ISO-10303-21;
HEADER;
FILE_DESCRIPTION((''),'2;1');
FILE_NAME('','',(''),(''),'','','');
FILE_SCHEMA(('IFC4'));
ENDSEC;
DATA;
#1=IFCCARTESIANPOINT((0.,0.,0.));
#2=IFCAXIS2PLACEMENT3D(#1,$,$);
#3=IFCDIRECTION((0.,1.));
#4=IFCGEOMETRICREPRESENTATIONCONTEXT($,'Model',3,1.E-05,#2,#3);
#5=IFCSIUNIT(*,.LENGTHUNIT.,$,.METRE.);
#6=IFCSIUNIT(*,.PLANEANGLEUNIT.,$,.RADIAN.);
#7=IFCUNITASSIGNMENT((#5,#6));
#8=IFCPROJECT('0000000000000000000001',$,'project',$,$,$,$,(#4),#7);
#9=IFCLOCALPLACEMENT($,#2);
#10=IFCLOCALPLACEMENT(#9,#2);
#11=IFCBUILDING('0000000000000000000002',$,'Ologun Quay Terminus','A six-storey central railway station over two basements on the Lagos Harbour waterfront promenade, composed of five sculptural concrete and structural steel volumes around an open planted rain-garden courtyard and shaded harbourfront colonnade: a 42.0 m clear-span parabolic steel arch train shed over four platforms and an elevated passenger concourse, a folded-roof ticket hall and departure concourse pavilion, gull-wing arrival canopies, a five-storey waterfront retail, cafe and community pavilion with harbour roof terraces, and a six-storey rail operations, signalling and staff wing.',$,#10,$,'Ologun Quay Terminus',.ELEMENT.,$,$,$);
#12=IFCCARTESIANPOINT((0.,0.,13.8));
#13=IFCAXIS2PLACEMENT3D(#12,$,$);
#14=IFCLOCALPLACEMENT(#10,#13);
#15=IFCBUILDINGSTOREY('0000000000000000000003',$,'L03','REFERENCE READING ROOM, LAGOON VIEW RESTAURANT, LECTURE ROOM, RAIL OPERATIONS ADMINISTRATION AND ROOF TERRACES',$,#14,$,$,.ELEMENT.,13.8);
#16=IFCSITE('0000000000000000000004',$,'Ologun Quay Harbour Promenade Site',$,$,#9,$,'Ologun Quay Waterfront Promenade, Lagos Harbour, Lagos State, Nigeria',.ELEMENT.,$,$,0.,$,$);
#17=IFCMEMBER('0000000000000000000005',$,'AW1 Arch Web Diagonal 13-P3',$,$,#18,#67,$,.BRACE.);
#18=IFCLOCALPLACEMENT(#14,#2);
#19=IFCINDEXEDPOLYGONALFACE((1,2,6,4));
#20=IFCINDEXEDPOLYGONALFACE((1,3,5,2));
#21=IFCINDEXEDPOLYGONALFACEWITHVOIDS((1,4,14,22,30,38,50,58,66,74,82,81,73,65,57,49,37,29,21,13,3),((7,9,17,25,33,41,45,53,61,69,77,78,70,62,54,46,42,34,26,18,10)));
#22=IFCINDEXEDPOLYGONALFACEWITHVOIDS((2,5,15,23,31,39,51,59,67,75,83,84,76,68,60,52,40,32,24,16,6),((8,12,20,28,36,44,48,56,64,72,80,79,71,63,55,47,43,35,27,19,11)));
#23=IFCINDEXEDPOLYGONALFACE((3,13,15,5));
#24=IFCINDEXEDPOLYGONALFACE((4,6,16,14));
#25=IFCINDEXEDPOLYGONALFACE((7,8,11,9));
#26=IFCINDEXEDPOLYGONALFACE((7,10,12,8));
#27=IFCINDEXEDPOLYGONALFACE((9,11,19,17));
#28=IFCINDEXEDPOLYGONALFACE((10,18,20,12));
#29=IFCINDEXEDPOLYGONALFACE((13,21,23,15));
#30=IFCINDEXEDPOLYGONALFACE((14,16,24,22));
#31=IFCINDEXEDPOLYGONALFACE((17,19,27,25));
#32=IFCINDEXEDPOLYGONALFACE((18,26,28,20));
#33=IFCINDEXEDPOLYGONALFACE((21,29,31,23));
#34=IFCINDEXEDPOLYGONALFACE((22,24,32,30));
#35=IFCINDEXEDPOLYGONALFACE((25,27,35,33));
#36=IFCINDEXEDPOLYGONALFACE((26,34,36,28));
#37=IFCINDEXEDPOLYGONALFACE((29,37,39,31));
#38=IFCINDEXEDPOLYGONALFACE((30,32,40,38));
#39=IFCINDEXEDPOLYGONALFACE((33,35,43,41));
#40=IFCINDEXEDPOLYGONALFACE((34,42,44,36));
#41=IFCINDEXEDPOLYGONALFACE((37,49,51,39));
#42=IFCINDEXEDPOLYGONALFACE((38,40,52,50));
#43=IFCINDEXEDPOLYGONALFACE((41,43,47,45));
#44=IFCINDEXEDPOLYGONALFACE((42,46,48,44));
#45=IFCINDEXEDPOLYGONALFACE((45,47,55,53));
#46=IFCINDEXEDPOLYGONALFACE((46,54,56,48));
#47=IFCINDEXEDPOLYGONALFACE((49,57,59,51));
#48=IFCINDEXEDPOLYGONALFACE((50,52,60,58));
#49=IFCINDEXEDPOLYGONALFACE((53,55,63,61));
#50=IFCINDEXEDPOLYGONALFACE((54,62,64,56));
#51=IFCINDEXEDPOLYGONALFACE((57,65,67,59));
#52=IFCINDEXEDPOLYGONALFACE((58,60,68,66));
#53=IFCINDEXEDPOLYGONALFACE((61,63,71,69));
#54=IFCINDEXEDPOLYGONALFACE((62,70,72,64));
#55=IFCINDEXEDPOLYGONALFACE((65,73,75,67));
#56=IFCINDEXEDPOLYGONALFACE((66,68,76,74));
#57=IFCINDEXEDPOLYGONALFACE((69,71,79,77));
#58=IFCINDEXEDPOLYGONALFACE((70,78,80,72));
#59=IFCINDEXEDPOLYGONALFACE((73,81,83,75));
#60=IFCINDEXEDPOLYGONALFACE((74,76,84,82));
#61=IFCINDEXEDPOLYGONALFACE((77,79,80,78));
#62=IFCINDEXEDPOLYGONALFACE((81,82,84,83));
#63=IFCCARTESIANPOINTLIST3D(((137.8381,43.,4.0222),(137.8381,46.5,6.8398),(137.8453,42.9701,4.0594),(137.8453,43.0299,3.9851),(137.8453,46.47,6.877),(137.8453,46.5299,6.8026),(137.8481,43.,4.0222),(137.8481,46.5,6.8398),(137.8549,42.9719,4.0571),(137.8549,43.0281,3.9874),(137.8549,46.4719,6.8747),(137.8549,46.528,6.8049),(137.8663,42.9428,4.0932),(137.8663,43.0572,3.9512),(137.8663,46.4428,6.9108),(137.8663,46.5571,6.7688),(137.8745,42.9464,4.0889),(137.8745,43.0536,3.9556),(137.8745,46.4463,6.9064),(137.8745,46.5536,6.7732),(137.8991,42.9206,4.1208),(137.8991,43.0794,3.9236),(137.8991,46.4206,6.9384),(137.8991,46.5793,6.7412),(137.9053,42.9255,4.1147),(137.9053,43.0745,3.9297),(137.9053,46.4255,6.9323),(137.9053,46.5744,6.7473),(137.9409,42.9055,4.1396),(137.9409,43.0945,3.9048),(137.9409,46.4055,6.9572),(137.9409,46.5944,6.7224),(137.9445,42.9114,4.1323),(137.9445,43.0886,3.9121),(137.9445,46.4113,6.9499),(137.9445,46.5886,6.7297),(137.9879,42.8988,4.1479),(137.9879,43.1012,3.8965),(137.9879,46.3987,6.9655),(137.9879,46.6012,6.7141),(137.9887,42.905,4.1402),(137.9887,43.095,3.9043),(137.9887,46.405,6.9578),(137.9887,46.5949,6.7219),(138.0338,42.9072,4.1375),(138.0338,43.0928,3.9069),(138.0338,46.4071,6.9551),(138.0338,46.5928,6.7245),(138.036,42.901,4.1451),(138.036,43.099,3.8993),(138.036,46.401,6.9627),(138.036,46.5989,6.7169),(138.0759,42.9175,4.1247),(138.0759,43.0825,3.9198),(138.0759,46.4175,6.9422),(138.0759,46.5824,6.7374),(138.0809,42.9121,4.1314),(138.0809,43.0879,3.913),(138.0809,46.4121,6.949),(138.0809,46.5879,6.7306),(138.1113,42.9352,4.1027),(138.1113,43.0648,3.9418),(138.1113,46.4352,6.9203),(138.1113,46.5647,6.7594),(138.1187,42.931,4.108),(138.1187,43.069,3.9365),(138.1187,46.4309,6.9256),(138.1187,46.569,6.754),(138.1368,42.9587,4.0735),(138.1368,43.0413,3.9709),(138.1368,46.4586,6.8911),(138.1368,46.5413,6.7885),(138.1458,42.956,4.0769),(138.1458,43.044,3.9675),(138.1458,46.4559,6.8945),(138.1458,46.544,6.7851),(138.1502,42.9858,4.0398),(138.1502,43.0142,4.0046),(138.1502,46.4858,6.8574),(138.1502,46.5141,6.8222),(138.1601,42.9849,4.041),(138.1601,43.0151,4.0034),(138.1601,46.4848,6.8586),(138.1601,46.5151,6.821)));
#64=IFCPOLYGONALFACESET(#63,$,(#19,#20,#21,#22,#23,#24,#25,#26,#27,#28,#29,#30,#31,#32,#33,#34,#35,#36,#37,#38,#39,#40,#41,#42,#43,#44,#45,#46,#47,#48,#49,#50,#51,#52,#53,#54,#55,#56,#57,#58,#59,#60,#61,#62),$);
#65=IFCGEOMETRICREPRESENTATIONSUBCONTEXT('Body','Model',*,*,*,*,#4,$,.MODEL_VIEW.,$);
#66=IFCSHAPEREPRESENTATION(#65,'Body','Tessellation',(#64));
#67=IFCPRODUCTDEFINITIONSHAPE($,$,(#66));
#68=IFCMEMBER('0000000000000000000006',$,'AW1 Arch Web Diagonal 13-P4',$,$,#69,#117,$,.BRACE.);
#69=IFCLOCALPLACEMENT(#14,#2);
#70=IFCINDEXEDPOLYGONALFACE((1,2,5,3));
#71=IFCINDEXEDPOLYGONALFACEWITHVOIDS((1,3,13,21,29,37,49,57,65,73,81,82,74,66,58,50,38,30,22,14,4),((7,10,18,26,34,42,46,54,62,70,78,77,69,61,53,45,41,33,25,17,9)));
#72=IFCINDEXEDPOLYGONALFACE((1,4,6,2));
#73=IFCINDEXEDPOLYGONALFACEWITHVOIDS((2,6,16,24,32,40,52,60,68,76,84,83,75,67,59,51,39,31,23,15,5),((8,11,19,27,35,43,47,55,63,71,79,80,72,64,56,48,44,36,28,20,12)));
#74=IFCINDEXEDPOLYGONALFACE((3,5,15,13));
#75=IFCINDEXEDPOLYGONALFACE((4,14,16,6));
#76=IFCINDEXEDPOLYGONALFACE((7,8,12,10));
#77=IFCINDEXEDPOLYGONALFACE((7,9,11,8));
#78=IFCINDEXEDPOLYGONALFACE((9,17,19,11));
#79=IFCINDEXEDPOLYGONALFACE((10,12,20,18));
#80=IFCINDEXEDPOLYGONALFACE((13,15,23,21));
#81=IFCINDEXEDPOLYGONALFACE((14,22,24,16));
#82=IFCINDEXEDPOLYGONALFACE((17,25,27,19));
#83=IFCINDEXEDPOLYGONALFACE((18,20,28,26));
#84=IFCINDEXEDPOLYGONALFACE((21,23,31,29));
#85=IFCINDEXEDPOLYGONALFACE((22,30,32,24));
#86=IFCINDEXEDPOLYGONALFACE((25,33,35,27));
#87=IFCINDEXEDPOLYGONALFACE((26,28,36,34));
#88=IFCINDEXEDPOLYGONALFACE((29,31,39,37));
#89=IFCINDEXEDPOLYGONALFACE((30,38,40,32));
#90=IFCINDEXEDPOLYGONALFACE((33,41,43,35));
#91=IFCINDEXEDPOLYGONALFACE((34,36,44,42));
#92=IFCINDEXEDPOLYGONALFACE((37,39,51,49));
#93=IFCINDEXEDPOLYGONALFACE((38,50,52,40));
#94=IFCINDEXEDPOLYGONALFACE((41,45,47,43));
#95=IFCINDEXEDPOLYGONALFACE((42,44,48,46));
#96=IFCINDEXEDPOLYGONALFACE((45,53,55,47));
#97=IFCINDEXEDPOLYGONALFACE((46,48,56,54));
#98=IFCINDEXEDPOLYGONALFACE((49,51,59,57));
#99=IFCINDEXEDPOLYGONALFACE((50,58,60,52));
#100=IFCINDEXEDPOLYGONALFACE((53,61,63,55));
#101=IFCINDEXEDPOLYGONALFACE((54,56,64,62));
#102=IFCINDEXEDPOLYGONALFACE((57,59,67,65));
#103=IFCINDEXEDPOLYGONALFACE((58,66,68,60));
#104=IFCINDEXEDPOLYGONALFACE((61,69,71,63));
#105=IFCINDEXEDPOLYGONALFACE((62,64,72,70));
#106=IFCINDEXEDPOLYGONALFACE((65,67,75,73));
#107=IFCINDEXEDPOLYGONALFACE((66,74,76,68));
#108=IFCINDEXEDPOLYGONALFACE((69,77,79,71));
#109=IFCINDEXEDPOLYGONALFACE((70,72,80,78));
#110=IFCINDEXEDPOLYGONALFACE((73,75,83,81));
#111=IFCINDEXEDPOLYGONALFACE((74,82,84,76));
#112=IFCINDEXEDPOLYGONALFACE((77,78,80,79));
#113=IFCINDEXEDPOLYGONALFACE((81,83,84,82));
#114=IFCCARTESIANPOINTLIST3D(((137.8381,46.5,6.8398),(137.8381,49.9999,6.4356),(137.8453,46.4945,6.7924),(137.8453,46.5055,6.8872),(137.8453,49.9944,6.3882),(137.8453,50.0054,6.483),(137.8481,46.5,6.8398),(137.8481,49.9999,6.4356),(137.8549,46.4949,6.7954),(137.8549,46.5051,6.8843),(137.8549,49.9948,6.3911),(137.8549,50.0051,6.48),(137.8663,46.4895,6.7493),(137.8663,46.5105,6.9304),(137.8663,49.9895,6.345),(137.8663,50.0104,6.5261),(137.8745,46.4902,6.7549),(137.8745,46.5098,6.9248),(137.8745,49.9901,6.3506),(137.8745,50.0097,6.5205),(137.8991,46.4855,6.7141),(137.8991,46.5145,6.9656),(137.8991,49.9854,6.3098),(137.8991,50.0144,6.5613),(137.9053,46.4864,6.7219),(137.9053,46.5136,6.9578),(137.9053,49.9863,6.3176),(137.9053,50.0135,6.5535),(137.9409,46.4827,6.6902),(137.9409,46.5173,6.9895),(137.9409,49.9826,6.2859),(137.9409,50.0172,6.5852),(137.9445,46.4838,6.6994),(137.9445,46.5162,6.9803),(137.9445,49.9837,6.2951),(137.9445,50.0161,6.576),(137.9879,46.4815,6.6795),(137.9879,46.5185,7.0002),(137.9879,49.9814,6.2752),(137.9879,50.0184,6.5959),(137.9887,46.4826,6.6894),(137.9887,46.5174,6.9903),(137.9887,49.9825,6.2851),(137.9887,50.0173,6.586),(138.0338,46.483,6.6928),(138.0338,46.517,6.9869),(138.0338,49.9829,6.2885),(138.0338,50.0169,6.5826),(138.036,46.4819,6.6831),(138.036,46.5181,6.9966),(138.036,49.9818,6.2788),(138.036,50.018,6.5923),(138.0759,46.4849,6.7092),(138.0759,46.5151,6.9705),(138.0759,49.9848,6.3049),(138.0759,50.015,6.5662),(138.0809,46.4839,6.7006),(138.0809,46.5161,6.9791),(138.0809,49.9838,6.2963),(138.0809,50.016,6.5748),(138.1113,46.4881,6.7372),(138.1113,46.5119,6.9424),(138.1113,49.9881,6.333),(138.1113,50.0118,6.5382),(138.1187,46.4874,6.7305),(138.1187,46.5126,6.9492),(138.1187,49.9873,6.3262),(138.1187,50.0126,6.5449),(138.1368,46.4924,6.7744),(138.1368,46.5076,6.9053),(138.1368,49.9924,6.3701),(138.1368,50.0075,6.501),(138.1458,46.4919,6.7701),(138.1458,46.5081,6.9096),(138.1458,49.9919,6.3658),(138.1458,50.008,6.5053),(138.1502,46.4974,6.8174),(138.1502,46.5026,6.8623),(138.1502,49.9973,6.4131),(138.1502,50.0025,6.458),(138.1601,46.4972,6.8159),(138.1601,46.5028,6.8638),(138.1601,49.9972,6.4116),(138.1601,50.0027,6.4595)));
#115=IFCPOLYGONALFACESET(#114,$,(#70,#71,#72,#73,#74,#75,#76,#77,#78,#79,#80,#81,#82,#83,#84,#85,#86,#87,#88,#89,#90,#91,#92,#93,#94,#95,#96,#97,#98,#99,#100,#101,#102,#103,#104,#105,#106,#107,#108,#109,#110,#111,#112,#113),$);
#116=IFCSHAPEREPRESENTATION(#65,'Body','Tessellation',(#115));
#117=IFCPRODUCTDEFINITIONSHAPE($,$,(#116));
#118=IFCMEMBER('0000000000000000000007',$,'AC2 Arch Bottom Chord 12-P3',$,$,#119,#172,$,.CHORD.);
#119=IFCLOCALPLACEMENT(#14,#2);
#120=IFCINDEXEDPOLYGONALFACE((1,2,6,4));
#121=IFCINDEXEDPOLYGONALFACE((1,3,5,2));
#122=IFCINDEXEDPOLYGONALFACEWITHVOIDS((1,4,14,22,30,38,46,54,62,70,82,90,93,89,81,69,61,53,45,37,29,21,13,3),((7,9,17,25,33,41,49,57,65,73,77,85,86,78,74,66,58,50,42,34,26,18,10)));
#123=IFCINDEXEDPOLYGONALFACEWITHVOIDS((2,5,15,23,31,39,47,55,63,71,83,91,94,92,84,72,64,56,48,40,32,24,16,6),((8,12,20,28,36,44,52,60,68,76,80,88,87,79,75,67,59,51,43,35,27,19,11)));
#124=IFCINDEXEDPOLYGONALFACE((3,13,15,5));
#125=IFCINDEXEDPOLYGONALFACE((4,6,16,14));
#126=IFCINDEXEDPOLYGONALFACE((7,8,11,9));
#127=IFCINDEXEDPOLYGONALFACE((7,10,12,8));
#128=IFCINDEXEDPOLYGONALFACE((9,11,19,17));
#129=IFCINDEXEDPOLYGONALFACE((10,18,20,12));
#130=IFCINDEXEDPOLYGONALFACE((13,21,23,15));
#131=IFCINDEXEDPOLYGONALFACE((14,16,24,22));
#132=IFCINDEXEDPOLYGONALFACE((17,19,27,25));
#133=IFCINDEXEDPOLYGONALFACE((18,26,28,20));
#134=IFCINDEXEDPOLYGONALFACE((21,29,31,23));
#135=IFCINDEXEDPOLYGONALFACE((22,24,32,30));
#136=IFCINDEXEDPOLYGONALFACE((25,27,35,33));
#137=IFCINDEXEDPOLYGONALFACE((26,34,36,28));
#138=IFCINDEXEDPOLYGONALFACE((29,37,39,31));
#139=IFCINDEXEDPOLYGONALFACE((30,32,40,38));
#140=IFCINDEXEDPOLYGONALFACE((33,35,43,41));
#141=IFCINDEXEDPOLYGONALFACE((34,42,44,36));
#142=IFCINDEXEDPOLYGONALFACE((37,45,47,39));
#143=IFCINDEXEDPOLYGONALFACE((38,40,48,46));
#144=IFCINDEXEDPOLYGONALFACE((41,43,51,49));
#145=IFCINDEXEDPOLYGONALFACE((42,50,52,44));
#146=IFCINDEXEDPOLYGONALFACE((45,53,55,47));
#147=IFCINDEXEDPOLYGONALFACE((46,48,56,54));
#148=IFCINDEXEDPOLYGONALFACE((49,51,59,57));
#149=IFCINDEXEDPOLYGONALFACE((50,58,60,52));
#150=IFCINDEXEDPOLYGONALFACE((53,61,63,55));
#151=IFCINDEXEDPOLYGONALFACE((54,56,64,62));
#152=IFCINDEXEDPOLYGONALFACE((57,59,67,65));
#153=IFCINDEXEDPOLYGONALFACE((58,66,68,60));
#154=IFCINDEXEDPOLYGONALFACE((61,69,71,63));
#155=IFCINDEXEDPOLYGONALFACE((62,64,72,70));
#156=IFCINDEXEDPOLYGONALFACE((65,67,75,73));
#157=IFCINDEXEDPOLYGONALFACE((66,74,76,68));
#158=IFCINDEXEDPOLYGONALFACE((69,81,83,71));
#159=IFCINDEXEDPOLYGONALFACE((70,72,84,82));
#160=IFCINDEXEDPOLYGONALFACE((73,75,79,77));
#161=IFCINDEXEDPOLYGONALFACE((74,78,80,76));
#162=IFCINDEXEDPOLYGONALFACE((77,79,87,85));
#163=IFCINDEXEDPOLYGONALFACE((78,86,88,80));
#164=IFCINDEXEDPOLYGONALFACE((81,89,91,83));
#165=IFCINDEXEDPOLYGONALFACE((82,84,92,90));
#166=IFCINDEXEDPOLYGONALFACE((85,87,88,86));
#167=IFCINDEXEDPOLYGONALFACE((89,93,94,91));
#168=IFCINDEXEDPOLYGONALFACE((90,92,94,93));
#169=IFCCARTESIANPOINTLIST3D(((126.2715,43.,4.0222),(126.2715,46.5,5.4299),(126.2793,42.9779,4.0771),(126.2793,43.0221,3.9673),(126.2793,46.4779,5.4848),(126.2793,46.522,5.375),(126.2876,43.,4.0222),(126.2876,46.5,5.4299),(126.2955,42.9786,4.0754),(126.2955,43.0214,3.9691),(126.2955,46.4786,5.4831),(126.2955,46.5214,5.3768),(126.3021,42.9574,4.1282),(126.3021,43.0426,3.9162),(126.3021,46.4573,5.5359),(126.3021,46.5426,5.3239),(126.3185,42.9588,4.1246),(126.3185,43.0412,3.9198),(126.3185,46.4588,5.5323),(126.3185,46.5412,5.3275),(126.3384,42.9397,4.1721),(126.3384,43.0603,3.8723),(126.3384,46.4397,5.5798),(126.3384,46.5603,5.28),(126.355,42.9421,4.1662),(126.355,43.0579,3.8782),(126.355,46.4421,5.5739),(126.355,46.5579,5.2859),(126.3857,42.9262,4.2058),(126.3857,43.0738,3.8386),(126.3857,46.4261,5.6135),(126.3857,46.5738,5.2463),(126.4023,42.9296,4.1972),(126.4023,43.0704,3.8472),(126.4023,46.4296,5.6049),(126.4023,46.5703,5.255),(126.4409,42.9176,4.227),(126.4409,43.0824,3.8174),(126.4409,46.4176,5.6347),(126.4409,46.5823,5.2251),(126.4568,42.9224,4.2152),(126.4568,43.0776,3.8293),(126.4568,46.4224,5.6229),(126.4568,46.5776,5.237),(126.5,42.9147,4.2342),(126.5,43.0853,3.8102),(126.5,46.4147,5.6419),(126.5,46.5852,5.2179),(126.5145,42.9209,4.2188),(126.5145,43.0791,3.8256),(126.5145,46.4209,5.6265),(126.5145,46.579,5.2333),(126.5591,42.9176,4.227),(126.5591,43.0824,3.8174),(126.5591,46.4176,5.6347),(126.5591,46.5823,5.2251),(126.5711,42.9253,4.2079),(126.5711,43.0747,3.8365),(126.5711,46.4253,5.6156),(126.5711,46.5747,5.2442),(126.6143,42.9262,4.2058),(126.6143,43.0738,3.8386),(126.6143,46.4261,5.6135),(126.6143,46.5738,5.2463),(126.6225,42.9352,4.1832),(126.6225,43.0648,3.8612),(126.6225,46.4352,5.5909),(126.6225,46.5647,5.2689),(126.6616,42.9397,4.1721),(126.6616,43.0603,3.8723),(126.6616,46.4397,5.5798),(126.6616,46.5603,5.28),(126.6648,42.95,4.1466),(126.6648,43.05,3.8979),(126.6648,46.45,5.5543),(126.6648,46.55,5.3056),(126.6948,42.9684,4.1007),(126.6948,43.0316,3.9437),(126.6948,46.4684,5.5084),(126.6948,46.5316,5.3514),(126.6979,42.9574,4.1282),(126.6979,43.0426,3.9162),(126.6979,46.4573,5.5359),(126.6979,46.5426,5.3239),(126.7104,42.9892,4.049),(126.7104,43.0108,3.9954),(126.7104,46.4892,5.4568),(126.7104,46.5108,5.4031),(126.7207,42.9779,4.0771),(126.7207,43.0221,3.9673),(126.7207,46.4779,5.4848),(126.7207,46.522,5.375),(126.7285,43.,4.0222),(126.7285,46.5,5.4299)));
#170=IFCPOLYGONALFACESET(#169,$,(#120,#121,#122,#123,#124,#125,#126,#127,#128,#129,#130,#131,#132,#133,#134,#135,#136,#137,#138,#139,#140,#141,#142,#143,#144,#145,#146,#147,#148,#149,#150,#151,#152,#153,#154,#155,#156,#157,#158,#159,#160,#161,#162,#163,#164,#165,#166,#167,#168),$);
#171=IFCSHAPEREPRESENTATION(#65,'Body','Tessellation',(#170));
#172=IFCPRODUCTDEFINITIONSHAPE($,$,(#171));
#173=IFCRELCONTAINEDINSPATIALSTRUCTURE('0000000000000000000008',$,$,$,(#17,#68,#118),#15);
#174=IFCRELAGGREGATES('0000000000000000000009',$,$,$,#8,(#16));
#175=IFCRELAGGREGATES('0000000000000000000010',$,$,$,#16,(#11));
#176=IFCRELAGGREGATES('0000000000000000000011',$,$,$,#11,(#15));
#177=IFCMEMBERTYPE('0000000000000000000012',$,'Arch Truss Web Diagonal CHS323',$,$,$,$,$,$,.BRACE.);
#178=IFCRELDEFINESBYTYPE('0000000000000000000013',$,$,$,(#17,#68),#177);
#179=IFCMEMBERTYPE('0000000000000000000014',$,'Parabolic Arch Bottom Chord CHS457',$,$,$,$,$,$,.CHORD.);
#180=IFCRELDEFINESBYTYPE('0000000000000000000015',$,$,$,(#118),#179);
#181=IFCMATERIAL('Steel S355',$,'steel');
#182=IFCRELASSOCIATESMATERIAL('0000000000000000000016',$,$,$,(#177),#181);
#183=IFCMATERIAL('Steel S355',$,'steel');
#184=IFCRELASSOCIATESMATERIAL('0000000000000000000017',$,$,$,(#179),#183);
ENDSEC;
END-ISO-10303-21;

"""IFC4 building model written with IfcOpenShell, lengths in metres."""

from ifc_helpers import new_model, si_unit, direction, frame, origin, origin_2d, place, context, subcontext, project, spatial, hollow_circle, extrude, material, material_profile, profile_set, type_object, element, save


model = new_model("IFC4")

# Units and contexts
model_context = context("Model", 3, precision=1e-05, world=origin(), true_north=direction((0.0, 1.0)))
body_context = subcontext(model_context, "Body", "Model", "MODEL_VIEW")
ifc_project = project(units=[si_unit("LENGTHUNIT", "METRE"), si_unit("PLANEANGLEUNIT", "RADIAN")], contexts=[model_context])

# Site, building, storey
site_placement = place(None, origin())
site = spatial("IfcSite", under=ifc_project, at=site_placement, Name="Ologun Quay Harbour Promenade Site", LongName="Ologun Quay Waterfront Promenade, Lagos Harbour, Lagos State, Nigeria", CompositionType="ELEMENT", RefElevation=0.0)
building_placement = place(site_placement, origin())
building = spatial("IfcBuilding", under=site, at=building_placement, Name="Ologun Quay Terminus", Description="A six-storey central railway station over two basements on the Lagos Harbour waterfront promenade, composed of five sculptural concrete and structural steel volumes around an open planted rain-garden courtyard and shaded harbourfront colonnade: a 42.0 m clear-span parabolic steel arch train shed over four platforms and an elevated passenger concourse, a folded-roof ticket hall and departure concourse pavilion, gull-wing arrival canopies, a five-storey waterfront retail, cafe and community pavilion with harbour roof terraces, and a six-storey rail operations, signalling and staff wing.", LongName="Ologun Quay Terminus", CompositionType="ELEMENT")
storey_placement = place(building_placement, frame((0.0, 0.0, 13.8)))
storey = spatial("IfcBuildingStorey", under=building, at=storey_placement, Name="L03", Description="REFERENCE READING ROOM, LAGOON VIEW RESTAURANT, LECTURE ROOM, RAIL OPERATIONS ADMINISTRATION AND ROOF TERRACES", CompositionType="ELEMENT", Elevation=13.8)

# Members
ifc_material_1 = material(Name="Steel S355", Category="steel")
ifc_material_profile_1 = material_profile(ifc_material_1, hollow_circle(Radius=0.1619, WallThickness=0.01, at=origin_2d()), Name="CHS 323.9x10")
ifc_profile_set_1 = profile_set([ifc_material_profile_1], Name="Steel S355")
member_type_1 = type_object("IfcMemberType", Name="Arch Truss Web Diagonal CHS323", PredefinedType="BRACE", material=ifc_profile_set_1)
member_1_placement = place(storey_placement, frame((138.0, 43.0, 4.0222), z_axis=(0.0, 0.778951, 0.627084), x_axis=(-1.0, 0.0, 0.0)))
element("IfcMember", 1, at=member_1_placement, inside=storey, type_object=member_type_1, Name="AW1 Arch Web Diagonal 13-P3", PredefinedType="BRACE", context=body_context, shape_type="SweptSolid", body=[
    extrude(hollow_circle(Radius=0.1619, WallThickness=0.01, at=origin_2d()), origin(), (0.0, 0.0, 1.0), 4.4932),
])
member_2_placement = place(storey_placement, frame((138.0, 46.5, 6.8398), z_axis=(0.0, 0.993394, -0.11475), x_axis=(-1.0, 0.0, 0.0)))
element("IfcMember", 2, at=member_2_placement, inside=storey, type_object=member_type_1, Name="AW1 Arch Web Diagonal 13-P4", PredefinedType="BRACE", context=body_context, shape_type="SweptSolid", body=[
    extrude(hollow_circle(Radius=0.1619, WallThickness=0.01, at=origin_2d()), origin(), (0.0, 0.0, 1.0), 3.5232),
])
ifc_material_2 = material(Name="Steel S355", Category="steel")
ifc_material_profile_2 = material_profile(ifc_material_2, hollow_circle(Radius=0.2285, WallThickness=0.0161, at=origin_2d()), Name="CHS 457x16")
ifc_profile_set_2 = profile_set([ifc_material_profile_2], Name="Steel S355")
member_type_2 = type_object("IfcMemberType", Name="Parabolic Arch Bottom Chord CHS457", PredefinedType="CHORD", material=ifc_profile_set_2)
member_3_placement = place(storey_placement, frame((126.5, 43.0, 4.0222), z_axis=(0.0, 0.92777, 0.373153), x_axis=(-1.0, 0.0, 0.0)))
element("IfcMember", 3, at=member_3_placement, inside=storey, type_object=member_type_2, Name="AC2 Arch Bottom Chord 12-P3", PredefinedType="CHORD", context=body_context, shape_type="SweptSolid", body=[
    extrude(hollow_circle(Radius=0.2285, WallThickness=0.0161, at=origin_2d()), origin(), (0.0, 0.0, 1.0), 3.7725),
])

save(model, "model.ifc")
